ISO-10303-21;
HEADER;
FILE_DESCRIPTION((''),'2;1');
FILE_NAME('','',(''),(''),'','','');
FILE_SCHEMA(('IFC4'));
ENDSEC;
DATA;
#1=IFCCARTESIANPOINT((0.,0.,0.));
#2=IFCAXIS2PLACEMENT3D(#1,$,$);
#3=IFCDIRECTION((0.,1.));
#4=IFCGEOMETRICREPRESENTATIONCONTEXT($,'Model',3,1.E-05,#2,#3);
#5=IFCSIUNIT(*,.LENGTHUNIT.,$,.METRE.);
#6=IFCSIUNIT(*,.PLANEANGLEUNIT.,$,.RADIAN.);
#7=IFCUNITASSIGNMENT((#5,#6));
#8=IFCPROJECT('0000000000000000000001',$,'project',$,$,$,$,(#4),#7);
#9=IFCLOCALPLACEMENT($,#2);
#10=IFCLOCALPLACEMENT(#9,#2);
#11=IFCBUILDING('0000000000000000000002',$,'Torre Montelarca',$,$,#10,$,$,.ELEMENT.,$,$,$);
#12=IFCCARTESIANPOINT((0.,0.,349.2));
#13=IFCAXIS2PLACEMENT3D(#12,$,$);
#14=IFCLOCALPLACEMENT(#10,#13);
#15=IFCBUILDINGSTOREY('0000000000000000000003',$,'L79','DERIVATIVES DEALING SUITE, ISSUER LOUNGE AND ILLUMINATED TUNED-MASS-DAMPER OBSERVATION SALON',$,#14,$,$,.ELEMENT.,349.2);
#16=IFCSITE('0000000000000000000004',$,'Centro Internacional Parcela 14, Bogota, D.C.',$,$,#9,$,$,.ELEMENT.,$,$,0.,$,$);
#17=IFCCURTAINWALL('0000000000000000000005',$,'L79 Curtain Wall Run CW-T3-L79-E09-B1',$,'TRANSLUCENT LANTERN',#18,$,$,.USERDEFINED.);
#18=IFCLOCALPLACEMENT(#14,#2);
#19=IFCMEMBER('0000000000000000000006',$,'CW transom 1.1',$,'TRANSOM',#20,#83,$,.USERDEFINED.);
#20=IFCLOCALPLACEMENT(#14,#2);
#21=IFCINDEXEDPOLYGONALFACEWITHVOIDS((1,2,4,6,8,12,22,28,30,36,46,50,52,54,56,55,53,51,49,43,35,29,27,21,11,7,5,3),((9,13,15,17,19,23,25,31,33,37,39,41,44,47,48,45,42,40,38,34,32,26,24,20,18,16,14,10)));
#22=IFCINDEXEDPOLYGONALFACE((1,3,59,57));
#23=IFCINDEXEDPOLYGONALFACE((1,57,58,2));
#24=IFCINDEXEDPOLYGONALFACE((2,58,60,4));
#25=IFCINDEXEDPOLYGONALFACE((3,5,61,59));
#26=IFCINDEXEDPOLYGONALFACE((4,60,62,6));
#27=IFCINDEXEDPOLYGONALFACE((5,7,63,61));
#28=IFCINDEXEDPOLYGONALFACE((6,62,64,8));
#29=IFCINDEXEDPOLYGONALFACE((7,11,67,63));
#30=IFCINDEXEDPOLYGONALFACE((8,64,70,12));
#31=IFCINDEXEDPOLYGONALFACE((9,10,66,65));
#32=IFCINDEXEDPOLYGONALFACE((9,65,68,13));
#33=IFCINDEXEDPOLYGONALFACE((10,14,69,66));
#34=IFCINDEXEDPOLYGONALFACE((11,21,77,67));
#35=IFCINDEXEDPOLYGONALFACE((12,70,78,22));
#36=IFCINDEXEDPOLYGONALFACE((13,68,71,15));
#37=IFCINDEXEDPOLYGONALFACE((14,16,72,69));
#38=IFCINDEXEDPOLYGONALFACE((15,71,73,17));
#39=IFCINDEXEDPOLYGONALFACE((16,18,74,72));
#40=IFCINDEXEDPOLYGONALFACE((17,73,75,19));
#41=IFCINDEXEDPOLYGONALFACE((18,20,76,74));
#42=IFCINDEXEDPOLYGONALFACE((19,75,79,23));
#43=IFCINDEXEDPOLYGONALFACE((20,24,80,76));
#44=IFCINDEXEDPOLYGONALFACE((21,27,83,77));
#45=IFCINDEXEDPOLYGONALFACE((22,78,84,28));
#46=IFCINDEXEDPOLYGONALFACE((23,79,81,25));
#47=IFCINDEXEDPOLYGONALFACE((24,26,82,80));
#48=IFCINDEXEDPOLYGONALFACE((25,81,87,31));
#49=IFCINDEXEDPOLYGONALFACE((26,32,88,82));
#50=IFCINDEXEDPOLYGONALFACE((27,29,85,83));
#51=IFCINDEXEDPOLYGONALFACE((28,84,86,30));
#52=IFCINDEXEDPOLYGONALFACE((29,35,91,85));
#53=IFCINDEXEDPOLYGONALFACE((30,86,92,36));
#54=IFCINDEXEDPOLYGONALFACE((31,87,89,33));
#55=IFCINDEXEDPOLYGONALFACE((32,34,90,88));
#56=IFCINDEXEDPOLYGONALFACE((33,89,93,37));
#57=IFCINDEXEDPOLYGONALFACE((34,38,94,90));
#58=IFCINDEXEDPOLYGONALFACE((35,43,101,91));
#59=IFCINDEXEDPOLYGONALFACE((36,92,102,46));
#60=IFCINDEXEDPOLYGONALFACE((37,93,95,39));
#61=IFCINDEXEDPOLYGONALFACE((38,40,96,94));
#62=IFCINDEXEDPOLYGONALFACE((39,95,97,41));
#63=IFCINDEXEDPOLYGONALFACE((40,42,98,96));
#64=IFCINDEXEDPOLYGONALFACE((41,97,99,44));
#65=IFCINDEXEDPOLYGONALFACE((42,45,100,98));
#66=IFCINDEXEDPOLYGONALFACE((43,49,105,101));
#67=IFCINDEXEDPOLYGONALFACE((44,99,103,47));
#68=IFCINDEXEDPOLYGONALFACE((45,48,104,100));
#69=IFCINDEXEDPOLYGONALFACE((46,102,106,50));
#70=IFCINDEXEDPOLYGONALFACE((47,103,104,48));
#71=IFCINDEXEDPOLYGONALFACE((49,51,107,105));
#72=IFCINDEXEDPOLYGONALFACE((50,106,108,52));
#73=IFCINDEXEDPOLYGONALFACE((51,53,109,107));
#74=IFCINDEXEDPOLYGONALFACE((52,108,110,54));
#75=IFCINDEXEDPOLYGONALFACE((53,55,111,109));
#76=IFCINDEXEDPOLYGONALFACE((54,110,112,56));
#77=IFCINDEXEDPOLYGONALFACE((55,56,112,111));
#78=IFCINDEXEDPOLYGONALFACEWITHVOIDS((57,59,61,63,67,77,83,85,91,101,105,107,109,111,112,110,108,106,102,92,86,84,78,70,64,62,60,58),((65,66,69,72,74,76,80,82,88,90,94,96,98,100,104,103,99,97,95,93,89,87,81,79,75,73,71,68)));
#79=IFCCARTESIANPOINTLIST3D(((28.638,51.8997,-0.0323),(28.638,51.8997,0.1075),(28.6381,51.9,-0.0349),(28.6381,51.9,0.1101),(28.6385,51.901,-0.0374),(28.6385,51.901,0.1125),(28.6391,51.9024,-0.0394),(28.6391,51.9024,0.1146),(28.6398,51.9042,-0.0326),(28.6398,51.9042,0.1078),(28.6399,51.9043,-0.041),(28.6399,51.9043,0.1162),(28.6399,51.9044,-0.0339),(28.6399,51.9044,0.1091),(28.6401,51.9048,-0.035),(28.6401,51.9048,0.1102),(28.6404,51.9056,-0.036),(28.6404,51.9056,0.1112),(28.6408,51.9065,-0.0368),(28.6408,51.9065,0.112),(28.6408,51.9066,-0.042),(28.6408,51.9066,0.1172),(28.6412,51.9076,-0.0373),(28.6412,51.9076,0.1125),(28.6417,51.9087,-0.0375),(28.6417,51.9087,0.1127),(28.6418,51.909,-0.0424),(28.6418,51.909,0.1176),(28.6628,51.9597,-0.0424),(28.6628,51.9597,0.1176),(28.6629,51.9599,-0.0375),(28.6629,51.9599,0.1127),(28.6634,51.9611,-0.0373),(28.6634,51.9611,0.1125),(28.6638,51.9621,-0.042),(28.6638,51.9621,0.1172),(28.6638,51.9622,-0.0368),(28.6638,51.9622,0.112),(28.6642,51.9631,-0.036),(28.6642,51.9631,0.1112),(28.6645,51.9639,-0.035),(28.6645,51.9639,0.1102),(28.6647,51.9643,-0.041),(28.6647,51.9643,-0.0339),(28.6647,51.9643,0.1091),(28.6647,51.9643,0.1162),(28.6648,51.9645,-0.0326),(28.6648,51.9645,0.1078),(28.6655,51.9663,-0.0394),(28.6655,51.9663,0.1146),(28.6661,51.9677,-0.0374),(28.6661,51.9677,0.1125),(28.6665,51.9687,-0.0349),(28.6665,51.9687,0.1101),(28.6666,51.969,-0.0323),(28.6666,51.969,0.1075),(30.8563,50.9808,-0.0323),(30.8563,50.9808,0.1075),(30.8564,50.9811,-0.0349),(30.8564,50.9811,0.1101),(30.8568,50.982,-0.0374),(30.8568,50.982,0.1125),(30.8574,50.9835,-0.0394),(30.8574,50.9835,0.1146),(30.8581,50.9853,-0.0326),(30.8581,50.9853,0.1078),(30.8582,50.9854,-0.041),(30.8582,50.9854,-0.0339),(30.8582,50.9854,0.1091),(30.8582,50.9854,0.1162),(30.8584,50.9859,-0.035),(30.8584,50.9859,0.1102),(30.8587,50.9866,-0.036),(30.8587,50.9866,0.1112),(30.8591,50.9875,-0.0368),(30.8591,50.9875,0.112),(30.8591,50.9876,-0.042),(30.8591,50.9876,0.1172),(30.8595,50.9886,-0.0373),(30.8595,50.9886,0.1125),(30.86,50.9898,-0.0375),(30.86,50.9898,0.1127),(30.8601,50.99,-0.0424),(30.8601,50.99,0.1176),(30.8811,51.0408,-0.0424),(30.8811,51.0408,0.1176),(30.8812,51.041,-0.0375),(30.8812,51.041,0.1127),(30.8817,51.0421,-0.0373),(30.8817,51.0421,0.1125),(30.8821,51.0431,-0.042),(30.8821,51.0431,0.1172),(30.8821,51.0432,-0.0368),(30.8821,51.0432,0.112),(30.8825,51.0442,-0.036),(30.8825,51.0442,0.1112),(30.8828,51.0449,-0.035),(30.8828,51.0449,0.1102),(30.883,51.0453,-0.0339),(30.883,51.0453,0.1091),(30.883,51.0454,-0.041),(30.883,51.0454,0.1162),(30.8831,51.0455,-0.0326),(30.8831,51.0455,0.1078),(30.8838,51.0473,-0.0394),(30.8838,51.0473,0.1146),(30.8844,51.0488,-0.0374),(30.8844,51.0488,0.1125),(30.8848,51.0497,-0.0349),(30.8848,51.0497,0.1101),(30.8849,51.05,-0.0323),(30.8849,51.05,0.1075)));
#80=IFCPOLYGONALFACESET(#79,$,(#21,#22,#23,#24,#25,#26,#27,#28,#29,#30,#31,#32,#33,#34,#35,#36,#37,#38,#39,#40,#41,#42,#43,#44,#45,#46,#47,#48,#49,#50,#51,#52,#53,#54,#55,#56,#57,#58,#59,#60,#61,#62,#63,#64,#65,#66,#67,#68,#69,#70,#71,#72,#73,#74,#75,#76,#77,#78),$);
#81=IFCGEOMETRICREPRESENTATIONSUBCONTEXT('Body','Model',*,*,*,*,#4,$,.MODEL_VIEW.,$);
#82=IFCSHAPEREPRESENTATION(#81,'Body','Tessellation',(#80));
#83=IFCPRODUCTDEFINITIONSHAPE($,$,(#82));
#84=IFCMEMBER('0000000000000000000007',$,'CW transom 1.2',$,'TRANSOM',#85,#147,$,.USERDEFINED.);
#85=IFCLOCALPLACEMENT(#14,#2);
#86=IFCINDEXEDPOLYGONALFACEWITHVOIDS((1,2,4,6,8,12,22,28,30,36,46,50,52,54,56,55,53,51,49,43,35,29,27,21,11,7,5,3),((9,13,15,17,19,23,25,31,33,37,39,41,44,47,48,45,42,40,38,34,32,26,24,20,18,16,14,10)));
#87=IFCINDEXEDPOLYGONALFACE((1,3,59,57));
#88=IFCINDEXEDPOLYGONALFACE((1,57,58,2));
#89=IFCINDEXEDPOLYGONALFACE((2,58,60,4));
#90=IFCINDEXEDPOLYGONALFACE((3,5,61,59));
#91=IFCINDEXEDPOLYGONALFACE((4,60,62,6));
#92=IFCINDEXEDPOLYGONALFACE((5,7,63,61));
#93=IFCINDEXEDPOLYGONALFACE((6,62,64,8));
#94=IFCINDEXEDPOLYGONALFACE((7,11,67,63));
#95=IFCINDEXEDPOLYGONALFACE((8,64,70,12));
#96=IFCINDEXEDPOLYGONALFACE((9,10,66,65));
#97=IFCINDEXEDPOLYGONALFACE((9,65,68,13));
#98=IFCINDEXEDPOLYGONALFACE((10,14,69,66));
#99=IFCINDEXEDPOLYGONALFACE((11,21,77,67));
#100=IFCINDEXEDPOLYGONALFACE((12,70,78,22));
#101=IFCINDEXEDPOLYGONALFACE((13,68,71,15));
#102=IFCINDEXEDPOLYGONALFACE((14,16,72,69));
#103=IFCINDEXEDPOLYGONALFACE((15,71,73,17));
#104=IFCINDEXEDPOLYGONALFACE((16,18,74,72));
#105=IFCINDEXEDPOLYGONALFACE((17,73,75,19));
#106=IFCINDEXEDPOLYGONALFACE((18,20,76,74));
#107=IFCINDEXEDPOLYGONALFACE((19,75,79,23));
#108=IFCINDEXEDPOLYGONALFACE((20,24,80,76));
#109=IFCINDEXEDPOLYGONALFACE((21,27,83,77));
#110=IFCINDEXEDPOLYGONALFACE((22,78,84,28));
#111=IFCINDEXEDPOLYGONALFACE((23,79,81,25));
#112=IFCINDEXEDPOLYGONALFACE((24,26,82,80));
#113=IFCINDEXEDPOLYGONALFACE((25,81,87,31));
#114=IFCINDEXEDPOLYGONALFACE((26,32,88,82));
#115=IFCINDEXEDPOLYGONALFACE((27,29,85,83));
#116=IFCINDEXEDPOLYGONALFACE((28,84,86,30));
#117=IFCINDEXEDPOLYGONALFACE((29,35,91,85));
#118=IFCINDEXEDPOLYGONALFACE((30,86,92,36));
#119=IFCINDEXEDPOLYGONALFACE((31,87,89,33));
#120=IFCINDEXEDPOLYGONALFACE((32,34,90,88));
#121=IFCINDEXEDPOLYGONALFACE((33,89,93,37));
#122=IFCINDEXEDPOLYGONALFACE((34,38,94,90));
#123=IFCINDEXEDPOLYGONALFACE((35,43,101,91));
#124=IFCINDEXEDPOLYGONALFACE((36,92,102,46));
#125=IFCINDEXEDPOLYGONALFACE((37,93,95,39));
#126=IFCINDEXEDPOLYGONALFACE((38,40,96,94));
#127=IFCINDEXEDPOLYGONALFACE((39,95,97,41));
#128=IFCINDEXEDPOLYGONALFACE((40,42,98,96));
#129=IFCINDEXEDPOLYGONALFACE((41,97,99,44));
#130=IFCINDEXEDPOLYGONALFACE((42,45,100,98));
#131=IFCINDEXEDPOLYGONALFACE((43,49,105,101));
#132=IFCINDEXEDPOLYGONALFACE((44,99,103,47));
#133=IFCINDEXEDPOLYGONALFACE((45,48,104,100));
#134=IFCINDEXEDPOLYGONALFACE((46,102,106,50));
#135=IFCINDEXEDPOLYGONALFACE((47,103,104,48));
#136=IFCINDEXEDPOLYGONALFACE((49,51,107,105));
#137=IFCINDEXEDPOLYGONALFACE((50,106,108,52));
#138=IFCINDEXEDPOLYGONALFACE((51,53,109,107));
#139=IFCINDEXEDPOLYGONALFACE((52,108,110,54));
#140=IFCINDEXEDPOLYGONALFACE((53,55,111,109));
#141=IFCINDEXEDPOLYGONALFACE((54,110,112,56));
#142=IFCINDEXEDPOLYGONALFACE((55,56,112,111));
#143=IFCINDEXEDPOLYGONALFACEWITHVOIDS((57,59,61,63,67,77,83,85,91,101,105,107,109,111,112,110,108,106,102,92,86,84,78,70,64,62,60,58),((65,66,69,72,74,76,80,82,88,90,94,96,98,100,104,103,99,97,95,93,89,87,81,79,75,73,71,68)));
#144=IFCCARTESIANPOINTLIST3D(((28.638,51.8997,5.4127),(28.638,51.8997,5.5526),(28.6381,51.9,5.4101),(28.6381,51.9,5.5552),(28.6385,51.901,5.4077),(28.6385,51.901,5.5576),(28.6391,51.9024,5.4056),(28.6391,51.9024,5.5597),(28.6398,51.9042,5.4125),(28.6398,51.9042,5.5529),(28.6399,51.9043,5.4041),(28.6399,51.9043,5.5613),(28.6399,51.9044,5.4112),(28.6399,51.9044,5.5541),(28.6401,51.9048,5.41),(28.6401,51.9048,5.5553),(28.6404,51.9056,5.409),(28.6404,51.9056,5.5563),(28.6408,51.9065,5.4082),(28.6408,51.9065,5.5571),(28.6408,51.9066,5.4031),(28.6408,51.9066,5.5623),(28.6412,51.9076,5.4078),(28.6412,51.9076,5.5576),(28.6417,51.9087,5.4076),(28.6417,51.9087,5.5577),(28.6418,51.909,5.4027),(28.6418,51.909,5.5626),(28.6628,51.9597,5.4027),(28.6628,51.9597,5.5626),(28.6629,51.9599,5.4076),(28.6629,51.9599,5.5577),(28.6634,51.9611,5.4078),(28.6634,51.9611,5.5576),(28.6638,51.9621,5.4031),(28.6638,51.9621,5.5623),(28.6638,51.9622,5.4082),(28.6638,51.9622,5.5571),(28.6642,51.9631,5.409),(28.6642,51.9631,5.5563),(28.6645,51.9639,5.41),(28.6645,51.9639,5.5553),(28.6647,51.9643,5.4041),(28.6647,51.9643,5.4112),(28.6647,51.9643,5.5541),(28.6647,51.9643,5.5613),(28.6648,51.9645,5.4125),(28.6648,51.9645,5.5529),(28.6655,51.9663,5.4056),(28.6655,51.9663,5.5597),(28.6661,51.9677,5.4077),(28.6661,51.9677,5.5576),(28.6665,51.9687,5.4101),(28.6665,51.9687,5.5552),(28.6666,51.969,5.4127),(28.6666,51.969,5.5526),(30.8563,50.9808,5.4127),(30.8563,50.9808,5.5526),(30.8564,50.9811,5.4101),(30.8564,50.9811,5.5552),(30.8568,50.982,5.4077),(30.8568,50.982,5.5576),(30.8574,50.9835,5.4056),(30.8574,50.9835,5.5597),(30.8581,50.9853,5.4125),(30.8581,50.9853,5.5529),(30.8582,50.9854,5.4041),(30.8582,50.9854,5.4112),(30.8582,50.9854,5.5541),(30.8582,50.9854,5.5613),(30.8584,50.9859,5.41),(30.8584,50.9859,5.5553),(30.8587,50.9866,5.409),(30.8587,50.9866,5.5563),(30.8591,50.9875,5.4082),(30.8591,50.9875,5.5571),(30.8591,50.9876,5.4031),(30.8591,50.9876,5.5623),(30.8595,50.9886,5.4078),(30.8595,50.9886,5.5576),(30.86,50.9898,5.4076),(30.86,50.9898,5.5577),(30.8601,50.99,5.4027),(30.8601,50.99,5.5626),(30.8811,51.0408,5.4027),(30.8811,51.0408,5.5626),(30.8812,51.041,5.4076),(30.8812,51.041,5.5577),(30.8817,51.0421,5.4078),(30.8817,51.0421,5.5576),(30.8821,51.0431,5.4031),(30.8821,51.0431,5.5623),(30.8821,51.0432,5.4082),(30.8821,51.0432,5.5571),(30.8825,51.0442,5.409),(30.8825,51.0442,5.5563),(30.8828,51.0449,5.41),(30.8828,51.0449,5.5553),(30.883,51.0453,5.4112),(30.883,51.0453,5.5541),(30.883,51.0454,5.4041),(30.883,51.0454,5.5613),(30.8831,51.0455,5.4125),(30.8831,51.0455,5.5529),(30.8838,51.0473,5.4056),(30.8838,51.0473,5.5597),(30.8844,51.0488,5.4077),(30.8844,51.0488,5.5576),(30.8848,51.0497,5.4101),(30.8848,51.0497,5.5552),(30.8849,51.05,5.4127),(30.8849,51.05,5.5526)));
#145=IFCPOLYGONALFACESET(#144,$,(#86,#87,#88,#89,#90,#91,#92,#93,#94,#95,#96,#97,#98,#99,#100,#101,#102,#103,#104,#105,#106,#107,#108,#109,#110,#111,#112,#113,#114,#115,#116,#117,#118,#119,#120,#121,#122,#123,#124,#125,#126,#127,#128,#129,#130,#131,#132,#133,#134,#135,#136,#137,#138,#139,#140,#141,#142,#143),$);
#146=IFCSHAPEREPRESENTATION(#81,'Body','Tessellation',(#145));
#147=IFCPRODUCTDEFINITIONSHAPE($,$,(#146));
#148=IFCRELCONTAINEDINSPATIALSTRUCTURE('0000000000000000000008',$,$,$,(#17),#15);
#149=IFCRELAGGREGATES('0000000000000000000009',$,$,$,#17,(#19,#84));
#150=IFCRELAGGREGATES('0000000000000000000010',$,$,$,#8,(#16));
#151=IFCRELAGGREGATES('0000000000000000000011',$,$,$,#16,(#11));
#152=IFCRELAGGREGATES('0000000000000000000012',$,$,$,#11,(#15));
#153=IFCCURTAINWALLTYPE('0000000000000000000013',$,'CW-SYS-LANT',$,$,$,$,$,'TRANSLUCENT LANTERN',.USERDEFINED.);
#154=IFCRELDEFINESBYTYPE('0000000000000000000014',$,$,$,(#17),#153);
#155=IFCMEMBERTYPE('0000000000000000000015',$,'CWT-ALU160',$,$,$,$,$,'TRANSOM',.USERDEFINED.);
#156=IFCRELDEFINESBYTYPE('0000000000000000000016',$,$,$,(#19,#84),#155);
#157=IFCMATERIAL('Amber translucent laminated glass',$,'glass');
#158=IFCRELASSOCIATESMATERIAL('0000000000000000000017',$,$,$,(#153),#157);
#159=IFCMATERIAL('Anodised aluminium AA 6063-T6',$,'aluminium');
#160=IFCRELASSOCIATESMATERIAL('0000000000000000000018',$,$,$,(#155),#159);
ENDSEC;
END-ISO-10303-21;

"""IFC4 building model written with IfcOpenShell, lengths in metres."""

from ifc_helpers import new_model, si_unit, direction, frame, origin, origin_2d, place, context, subcontext, project, spatial, hollow_rectangle, extrude, source, transform, mapped, material, material_profile, profile_set, type_object, element, aggregate, save


model = new_model("IFC4")

# Units and contexts
model_context = context("Model", 3, precision=1e-05, world=origin(), true_north=direction((0.0, 1.0)))
body_context = subcontext(model_context, "Body", "Model", "MODEL_VIEW")
ifc_project = project(units=[si_unit("LENGTHUNIT", "METRE"), si_unit("PLANEANGLEUNIT", "RADIAN")], contexts=[model_context])

# Site, building, storey
site_placement = place(None, origin())
site = spatial("IfcSite", under=ifc_project, at=site_placement, Name="Centro Internacional Parcela 14, Bogota, D.C.", CompositionType="ELEMENT", RefElevation=0.0)
building_placement = place(site_placement, origin())
building = spatial("IfcBuilding", under=site, at=building_placement, Name="Torre Montelarca", CompositionType="ELEMENT")
storey_placement = place(building_placement, frame((0.0, 0.0, 349.2)))
storey = spatial("IfcBuildingStorey", under=building, at=storey_placement, Name="L79", Description="DERIVATIVES DEALING SUITE, ISSUER LOUNGE AND ILLUMINATED TUNED-MASS-DAMPER OBSERVATION SALON", CompositionType="ELEMENT", Elevation=349.2)

# Curtain wall, members
ifc_material_1 = material(Name="Amber translucent laminated glass", Category="glass")
curtain_wall_type = type_object("IfcCurtainWallType", Name="CW-SYS-LANT", ElementType="TRANSLUCENT LANTERN", PredefinedType="USERDEFINED", material=ifc_material_1)
curtain_wall_placement = place(storey_placement, origin())
curtain_wall = element("IfcCurtainWall", 1, at=curtain_wall_placement, inside=storey, type_object=curtain_wall_type, Name="L79 Curtain Wall Run CW-T3-L79-E09-B1", ObjectType="TRANSLUCENT LANTERN", PredefinedType="USERDEFINED")
ifc_material_2 = material(Name="Anodised aluminium AA 6063-T6", Category="aluminium")
ifc_material_profile_1 = material_profile(ifc_material_2, hollow_rectangle(XDim=0.075, YDim=0.1599, WallThickness=0.0049, InnerFilletRadius=0.0049, OuterFilletRadius=0.01, at=origin_2d()), Name="ALU75X160X5", Category="aluminium")
ifc_profile_set_1 = profile_set([ifc_material_profile_1], Name="Anodised aluminium AA 6063-T6")
member_type_1 = type_object("IfcMemberType", Name="CWT-ALU160", ElementType="TRANSOM", PredefinedType="USERDEFINED", material=ifc_profile_set_1)
shared_shape_1 = source(origin(), body_context, "Body", "SweptSolid", [
    extrude(hollow_rectangle(XDim=0.075, YDim=0.1599, WallThickness=0.0049, InnerFilletRadius=0.0049, OuterFilletRadius=0.01, at=origin_2d()), origin(), (0.0, 0.0, 1.0), 2.4011),
])
member_1_placement = place(storey_placement, frame((30.8706, 51.0154, 0.0376), z_axis=(-0.923863, 0.382723, 0.0), x_axis=(-0.382723, -0.923863, 0.0)))
member_1 = element("IfcMember", 2, at=member_1_placement, type_object=member_type_1, Name="CW transom 1.1", ObjectType="TRANSOM", PredefinedType="USERDEFINED", context=body_context, shape_type="MappedRepresentation", body=[
    mapped(shared_shape_1, transform((0.0, 0.0, 0.0), scale=1.0)),
])
member_2_placement = place(storey_placement, frame((30.8706, 51.0154, 5.4827), z_axis=(-0.923863, 0.382723, 0.0), x_axis=(-0.382723, -0.923863, 0.0)))
member_2 = element("IfcMember", 3, at=member_2_placement, type_object=member_type_1, Name="CW transom 1.2", ObjectType="TRANSOM", PredefinedType="USERDEFINED", context=body_context, shape_type="MappedRepresentation", body=[
    mapped(shared_shape_1, transform((0.0, 0.0, 0.0), scale=1.0)),
])
aggregate(curtain_wall, [member_1, member_2])

save(model, "model.ifc")
